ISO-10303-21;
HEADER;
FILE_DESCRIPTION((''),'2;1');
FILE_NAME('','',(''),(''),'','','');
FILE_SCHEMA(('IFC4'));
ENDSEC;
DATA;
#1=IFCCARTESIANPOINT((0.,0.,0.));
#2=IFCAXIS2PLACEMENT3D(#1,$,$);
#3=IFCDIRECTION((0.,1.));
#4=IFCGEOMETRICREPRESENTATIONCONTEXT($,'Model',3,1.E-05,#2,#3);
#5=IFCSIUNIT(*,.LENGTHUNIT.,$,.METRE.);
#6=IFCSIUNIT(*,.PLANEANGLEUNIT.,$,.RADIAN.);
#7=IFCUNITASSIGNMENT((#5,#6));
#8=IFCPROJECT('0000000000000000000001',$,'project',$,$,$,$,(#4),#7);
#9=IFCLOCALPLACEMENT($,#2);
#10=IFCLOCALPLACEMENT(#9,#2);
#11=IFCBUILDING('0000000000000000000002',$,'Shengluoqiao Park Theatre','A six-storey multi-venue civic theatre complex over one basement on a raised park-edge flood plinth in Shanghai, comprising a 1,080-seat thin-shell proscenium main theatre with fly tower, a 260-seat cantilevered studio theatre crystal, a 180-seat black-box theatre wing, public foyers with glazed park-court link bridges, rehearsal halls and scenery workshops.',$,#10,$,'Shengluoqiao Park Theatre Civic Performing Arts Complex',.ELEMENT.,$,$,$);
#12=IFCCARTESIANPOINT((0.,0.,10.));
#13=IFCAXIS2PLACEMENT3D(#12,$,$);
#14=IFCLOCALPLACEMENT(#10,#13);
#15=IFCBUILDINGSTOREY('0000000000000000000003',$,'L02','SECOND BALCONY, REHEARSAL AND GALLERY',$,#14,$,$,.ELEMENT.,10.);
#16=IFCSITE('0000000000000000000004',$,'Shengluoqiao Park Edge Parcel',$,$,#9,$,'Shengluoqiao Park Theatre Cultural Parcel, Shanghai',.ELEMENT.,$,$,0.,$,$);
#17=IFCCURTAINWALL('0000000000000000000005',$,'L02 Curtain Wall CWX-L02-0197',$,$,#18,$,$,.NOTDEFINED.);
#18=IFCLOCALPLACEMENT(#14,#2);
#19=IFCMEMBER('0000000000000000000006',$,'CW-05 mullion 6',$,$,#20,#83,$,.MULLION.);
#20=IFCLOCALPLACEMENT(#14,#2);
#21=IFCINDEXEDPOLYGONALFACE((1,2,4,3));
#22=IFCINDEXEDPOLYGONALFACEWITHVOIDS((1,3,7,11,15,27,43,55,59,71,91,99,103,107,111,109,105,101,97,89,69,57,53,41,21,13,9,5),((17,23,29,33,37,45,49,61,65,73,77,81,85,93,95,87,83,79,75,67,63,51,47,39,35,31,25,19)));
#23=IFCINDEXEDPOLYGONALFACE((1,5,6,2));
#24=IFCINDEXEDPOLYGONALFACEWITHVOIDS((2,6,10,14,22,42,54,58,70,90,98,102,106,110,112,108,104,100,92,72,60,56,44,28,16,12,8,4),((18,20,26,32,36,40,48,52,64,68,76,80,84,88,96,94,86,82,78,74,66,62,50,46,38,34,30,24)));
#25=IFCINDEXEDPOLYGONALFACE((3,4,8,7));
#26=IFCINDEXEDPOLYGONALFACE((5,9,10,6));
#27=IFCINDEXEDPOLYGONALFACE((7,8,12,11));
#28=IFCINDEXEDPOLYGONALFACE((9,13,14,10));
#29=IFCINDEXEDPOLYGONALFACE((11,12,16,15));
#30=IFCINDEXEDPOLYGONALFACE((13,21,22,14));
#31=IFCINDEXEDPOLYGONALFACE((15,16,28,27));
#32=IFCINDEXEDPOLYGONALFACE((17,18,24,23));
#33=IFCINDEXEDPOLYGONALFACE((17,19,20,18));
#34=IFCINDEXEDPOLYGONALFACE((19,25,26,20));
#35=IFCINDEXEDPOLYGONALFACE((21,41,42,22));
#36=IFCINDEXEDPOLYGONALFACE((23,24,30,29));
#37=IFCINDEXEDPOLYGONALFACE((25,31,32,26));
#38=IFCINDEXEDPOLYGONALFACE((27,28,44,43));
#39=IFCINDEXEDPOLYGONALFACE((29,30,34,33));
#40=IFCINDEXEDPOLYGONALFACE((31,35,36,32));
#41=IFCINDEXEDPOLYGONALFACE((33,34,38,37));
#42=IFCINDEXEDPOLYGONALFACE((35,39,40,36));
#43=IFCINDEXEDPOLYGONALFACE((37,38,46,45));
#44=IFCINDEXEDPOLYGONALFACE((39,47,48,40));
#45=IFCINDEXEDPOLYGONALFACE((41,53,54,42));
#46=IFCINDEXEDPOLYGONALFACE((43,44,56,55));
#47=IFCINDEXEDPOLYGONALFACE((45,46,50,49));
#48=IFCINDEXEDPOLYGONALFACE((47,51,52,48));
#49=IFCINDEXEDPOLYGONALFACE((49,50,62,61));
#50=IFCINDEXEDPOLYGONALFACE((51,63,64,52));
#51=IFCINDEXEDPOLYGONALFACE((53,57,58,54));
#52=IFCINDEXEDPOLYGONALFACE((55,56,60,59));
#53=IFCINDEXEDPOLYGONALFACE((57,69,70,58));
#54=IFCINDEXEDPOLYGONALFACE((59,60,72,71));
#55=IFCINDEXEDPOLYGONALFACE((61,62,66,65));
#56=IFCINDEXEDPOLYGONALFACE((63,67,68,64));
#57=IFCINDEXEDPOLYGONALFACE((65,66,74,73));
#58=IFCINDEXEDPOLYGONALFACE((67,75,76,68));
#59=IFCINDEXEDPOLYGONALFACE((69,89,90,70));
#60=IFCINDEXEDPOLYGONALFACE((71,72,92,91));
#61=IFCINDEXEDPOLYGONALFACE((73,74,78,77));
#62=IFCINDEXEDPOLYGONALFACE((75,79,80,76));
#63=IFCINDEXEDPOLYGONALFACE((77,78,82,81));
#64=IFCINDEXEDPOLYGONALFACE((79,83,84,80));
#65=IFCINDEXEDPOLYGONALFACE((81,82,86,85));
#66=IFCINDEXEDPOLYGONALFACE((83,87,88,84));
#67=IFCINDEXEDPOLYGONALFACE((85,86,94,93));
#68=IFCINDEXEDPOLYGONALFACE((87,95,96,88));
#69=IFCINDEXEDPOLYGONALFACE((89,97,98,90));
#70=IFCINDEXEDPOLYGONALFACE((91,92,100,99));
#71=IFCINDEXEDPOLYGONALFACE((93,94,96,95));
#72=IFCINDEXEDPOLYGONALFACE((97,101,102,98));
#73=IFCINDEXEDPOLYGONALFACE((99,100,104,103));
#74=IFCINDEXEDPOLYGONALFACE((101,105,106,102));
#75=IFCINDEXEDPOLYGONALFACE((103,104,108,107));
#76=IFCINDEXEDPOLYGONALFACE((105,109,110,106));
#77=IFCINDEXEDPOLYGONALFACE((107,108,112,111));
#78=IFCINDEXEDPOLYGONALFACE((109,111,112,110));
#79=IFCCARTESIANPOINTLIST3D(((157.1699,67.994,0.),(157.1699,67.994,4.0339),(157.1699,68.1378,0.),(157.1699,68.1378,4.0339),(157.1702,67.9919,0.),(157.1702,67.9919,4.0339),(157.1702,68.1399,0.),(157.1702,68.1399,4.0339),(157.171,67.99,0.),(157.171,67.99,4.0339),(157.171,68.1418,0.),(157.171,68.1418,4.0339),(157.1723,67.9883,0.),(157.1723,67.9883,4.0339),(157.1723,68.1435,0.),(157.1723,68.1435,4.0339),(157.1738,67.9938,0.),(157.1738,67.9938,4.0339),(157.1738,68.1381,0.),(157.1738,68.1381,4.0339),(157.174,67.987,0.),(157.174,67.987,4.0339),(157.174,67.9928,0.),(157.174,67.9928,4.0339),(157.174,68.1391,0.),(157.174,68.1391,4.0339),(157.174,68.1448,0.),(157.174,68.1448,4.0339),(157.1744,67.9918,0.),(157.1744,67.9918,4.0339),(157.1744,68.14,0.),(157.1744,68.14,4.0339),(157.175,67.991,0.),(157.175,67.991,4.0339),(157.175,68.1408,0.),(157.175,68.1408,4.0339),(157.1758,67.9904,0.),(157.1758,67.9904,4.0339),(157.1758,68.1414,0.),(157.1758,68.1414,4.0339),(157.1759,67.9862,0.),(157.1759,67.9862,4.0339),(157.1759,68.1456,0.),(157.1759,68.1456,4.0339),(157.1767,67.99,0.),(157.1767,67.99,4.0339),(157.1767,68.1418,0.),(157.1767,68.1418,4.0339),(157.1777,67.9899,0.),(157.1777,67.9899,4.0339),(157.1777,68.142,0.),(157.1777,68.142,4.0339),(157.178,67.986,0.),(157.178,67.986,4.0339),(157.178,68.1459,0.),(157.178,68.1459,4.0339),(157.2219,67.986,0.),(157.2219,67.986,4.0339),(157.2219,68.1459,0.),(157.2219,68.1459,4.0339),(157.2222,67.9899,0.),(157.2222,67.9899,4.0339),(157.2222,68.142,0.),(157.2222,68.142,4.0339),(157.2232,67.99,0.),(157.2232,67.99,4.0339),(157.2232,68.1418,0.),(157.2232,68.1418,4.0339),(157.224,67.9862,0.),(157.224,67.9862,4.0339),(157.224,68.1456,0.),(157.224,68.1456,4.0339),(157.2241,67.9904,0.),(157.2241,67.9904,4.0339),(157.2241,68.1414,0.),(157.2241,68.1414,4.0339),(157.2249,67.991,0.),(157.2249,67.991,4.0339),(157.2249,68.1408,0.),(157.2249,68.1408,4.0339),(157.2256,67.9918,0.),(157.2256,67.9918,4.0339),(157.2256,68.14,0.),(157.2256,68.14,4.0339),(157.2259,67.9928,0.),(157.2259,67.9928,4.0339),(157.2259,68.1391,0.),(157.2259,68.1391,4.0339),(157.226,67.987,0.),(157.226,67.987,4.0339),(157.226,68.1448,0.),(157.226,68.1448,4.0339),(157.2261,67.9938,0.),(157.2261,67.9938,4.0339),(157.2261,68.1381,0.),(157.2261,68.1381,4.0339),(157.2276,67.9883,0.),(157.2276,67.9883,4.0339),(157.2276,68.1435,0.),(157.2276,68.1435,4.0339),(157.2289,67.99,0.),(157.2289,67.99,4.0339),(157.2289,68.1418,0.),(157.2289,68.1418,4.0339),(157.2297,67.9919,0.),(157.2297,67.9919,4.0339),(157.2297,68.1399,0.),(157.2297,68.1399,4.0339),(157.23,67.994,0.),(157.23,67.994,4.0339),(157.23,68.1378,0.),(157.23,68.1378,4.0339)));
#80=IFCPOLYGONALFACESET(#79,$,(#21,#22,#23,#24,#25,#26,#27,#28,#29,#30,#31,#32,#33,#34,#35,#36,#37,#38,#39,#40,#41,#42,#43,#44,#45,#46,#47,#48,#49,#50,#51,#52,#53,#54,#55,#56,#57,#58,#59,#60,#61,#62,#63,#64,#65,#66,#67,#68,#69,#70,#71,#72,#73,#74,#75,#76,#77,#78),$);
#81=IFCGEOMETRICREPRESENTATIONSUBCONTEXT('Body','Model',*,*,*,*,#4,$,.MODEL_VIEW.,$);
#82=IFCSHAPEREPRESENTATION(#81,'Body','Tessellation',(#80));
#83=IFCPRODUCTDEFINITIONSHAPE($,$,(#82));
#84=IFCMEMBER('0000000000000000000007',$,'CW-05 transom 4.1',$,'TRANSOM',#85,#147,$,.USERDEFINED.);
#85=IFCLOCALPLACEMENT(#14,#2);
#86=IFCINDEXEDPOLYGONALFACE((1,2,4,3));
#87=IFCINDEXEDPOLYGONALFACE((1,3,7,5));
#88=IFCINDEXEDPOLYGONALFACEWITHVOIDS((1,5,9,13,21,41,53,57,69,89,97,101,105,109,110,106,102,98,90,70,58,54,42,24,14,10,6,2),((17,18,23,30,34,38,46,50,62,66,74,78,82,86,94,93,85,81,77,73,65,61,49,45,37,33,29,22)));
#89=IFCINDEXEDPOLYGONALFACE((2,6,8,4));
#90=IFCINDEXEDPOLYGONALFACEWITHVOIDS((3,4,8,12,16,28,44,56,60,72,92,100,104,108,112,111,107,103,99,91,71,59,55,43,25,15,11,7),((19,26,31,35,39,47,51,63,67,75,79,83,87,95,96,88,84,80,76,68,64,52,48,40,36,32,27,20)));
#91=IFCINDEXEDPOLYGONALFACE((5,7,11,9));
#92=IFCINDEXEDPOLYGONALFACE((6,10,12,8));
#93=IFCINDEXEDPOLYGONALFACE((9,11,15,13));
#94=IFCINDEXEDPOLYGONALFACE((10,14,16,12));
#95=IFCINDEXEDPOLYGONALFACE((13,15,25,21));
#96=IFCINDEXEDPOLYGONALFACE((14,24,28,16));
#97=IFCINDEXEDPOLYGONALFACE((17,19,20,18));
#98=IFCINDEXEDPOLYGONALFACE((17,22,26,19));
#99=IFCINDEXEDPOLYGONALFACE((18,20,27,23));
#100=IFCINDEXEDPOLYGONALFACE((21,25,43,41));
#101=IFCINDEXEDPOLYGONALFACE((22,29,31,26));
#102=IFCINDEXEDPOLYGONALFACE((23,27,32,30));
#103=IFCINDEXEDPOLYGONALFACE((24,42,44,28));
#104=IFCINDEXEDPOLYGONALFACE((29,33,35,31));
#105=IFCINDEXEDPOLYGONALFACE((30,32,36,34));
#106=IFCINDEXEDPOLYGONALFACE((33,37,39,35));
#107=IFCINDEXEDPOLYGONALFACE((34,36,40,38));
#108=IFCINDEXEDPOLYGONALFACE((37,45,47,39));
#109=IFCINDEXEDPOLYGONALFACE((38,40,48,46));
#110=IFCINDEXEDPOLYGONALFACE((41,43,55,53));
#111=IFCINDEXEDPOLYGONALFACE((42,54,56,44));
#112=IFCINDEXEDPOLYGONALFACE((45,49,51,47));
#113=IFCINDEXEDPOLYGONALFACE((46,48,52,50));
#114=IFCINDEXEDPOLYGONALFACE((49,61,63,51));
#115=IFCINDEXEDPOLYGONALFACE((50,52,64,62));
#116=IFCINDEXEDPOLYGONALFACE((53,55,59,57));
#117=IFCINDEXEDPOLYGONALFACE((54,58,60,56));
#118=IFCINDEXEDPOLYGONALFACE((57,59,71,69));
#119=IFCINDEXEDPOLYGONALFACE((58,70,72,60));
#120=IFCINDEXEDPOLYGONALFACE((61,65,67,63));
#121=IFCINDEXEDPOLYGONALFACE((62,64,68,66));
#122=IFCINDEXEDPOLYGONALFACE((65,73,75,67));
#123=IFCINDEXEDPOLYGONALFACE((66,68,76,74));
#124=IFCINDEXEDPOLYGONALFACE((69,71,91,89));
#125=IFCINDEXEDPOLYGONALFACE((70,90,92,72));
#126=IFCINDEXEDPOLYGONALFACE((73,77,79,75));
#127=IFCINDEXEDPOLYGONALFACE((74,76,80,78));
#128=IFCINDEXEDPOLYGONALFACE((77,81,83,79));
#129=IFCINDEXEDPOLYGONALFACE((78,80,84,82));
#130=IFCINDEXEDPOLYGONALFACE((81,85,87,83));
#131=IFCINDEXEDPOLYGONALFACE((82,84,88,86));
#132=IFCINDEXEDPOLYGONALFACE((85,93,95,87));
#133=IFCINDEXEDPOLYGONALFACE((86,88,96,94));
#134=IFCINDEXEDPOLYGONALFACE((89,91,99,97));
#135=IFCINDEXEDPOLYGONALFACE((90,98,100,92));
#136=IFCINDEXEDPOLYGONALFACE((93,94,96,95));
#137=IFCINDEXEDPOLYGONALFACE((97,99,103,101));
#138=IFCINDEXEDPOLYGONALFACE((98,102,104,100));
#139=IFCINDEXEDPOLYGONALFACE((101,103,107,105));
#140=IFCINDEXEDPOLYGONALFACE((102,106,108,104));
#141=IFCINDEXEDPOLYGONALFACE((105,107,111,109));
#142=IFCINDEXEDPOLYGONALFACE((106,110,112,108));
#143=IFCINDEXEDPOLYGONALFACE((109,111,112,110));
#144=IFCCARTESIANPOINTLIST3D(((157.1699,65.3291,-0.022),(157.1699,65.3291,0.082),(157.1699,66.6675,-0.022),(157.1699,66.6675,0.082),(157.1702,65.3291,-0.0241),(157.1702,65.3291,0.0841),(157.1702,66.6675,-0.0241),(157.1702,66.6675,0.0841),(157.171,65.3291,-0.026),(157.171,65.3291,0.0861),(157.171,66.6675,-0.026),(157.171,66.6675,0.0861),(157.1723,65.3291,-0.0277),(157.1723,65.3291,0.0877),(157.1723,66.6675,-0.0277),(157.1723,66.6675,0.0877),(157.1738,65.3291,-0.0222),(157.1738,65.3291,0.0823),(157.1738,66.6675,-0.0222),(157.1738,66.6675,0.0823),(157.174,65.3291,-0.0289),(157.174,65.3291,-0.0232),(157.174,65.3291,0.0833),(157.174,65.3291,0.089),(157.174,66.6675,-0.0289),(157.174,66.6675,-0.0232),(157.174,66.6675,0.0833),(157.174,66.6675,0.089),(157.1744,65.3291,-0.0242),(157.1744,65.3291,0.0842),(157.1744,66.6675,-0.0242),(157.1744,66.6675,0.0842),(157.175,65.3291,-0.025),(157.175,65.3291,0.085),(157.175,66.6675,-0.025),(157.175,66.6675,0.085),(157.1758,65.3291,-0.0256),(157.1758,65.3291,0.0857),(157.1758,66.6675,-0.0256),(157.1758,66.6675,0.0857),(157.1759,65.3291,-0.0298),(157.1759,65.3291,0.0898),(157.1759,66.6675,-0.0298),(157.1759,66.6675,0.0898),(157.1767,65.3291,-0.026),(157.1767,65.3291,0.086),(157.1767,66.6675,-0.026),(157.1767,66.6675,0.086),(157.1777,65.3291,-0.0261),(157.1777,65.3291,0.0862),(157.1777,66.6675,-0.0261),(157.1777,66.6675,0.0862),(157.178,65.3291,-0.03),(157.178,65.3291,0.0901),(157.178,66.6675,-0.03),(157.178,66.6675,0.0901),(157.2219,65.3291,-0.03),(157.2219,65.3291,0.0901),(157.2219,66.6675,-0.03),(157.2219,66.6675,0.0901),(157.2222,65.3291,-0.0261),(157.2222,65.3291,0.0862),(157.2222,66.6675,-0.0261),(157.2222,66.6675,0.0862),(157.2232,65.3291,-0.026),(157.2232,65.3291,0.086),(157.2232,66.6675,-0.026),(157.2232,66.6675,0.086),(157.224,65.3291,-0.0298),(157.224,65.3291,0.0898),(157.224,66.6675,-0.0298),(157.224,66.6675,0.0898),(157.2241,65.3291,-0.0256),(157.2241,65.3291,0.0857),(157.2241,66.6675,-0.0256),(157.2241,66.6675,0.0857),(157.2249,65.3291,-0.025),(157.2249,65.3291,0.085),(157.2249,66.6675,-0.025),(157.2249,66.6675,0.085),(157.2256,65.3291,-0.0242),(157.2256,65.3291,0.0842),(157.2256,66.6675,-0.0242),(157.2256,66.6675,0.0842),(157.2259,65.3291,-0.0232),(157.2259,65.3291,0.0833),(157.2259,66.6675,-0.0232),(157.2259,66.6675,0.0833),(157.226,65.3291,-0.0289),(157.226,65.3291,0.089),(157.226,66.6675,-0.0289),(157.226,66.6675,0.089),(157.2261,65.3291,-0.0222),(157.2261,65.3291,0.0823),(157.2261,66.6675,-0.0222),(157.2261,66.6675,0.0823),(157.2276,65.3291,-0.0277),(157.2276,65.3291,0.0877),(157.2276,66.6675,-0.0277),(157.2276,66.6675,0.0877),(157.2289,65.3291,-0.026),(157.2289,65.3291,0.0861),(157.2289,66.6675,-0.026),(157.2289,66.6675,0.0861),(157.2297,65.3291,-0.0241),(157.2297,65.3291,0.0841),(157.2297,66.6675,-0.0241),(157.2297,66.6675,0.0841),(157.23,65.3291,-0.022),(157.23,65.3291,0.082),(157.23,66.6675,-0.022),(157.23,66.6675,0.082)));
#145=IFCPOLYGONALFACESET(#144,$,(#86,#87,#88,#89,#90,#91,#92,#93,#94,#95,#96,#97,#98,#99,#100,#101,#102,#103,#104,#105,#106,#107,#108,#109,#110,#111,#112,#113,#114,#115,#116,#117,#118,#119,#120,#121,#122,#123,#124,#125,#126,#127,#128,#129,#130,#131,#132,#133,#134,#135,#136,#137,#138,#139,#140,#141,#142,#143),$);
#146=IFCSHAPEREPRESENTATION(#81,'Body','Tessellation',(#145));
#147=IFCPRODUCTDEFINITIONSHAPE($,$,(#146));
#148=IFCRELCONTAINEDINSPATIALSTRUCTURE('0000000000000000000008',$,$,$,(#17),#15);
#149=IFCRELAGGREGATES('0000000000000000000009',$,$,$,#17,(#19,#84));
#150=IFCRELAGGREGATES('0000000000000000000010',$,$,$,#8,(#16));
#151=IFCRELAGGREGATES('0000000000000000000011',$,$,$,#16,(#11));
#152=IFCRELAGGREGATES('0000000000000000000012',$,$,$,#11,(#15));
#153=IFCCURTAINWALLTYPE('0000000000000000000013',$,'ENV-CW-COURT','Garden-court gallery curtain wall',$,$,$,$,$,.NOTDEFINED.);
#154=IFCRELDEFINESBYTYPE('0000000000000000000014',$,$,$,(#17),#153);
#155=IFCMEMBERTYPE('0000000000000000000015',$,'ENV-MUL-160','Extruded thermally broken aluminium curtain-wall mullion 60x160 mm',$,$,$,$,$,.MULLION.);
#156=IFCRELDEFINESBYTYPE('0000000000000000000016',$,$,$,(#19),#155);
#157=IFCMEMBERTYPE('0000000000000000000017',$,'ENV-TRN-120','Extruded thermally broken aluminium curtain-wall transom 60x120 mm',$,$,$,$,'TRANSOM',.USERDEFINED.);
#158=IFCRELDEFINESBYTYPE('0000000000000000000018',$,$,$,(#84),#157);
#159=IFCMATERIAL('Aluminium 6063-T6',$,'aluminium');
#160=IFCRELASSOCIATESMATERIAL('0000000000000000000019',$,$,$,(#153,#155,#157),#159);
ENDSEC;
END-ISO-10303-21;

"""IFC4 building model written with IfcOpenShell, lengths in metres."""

from ifc_helpers import new_model, si_unit, direction, frame, origin, origin_2d, place, context, subcontext, project, spatial, hollow_rectangle, extrude, material, material_profile, profile_set, type_object, element, aggregate, save


model = new_model("IFC4")

# Units and contexts
model_context = context("Model", 3, precision=1e-05, world=origin(), true_north=direction((0.0, 1.0)))
body_context = subcontext(model_context, "Body", "Model", "MODEL_VIEW")
ifc_project = project(units=[si_unit("LENGTHUNIT", "METRE"), si_unit("PLANEANGLEUNIT", "RADIAN")], contexts=[model_context])

# Site, building, storey
site_placement = place(None, origin())
site = spatial("IfcSite", under=ifc_project, at=site_placement, Name="Shengluoqiao Park Edge Parcel", LongName="Shengluoqiao Park Theatre Cultural Parcel, Shanghai", CompositionType="ELEMENT", RefElevation=0.0)
building_placement = place(site_placement, origin())
building = spatial("IfcBuilding", under=site, at=building_placement, Name="Shengluoqiao Park Theatre", Description="A six-storey multi-venue civic theatre complex over one basement on a raised park-edge flood plinth in Shanghai, comprising a 1,080-seat thin-shell proscenium main theatre with fly tower, a 260-seat cantilevered studio theatre crystal, a 180-seat black-box theatre wing, public foyers with glazed park-court link bridges, rehearsal halls and scenery workshops.", LongName="Shengluoqiao Park Theatre Civic Performing Arts Complex", CompositionType="ELEMENT")
storey_placement = place(building_placement, frame((0.0, 0.0, 10.0)))
storey = spatial("IfcBuildingStorey", under=building, at=storey_placement, Name="L02", Description="SECOND BALCONY, REHEARSAL AND GALLERY", CompositionType="ELEMENT", Elevation=10.0)

# Curtain wall, members
ifc_material_1 = material(Name="Aluminium 6063-T6", Category="aluminium")
curtain_wall_type = type_object("IfcCurtainWallType", Name="ENV-CW-COURT", Description="Garden-court gallery curtain wall", PredefinedType="NOTDEFINED", material=ifc_material_1)
curtain_wall_placement = place(storey_placement, origin())
curtain_wall = element("IfcCurtainWall", 1, at=curtain_wall_placement, inside=storey, type_object=curtain_wall_type, Name="L02 Curtain Wall CWX-L02-0197", PredefinedType="NOTDEFINED")
ifc_material_profile_1 = material_profile(ifc_material_1, hollow_rectangle(XDim=0.0601, YDim=0.1599, WallThickness=0.0039, InnerFilletRadius=0.0039, OuterFilletRadius=0.0081, at=origin_2d()), Name="ALU MULLION 160x60x4")
ifc_profile_set_1 = profile_set([ifc_material_profile_1], Name="Aluminium 6063-T6")
member_type_1 = type_object("IfcMemberType", Name="ENV-MUL-160", Description="Extruded thermally broken aluminium curtain-wall mullion 60x160 mm", PredefinedType="MULLION", material=ifc_profile_set_1)
member_1_placement = place(storey_placement, frame((157.2, 68.0659, 0.0), z_axis=(0.0, 0.0, 1.0), x_axis=(-1.0, 0.0, 0.0)))
member_1 = element("IfcMember", 2, at=member_1_placement, type_object=member_type_1, Name="CW-05 mullion 6", PredefinedType="MULLION", context=body_context, shape_type="SweptSolid", body=[
    extrude(hollow_rectangle(XDim=0.0601, YDim=0.1599, WallThickness=0.0039, InnerFilletRadius=0.0039, OuterFilletRadius=0.0081, at=origin_2d()), origin(), (0.0, 0.0, 1.0), 4.0339),
])
ifc_material_profile_2 = material_profile(ifc_material_1, hollow_rectangle(XDim=0.0601, YDim=0.1201, WallThickness=0.0039, InnerFilletRadius=0.0039, OuterFilletRadius=0.0081, at=origin_2d()), Name="ALU TRANSOM 120x60x4")
ifc_profile_set_2 = profile_set([ifc_material_profile_2], Name="Aluminium 6063-T6")
member_type_2 = type_object("IfcMemberType", Name="ENV-TRN-120", Description="Extruded thermally broken aluminium curtain-wall transom 60x120 mm", ElementType="TRANSOM", PredefinedType="USERDEFINED", material=ifc_profile_set_2)
member_2_placement = place(storey_placement, frame((157.2, 65.3291, 0.03), z_axis=(0.0, 1.0, 0.0), x_axis=(-1.0, 0.0, 0.0)))
member_2 = element("IfcMember", 3, at=member_2_placement, type_object=member_type_2, Name="CW-05 transom 4.1", ObjectType="TRANSOM", PredefinedType="USERDEFINED", context=body_context, shape_type="SweptSolid", body=[
    extrude(hollow_rectangle(XDim=0.0601, YDim=0.1201, WallThickness=0.0039, InnerFilletRadius=0.0039, OuterFilletRadius=0.0081, at=origin_2d()), origin(), (0.0, 0.0, 1.0), 1.3384),
])

aggregate(curtain_wall, [member_1, member_2])

save(model, "model.ifc")
